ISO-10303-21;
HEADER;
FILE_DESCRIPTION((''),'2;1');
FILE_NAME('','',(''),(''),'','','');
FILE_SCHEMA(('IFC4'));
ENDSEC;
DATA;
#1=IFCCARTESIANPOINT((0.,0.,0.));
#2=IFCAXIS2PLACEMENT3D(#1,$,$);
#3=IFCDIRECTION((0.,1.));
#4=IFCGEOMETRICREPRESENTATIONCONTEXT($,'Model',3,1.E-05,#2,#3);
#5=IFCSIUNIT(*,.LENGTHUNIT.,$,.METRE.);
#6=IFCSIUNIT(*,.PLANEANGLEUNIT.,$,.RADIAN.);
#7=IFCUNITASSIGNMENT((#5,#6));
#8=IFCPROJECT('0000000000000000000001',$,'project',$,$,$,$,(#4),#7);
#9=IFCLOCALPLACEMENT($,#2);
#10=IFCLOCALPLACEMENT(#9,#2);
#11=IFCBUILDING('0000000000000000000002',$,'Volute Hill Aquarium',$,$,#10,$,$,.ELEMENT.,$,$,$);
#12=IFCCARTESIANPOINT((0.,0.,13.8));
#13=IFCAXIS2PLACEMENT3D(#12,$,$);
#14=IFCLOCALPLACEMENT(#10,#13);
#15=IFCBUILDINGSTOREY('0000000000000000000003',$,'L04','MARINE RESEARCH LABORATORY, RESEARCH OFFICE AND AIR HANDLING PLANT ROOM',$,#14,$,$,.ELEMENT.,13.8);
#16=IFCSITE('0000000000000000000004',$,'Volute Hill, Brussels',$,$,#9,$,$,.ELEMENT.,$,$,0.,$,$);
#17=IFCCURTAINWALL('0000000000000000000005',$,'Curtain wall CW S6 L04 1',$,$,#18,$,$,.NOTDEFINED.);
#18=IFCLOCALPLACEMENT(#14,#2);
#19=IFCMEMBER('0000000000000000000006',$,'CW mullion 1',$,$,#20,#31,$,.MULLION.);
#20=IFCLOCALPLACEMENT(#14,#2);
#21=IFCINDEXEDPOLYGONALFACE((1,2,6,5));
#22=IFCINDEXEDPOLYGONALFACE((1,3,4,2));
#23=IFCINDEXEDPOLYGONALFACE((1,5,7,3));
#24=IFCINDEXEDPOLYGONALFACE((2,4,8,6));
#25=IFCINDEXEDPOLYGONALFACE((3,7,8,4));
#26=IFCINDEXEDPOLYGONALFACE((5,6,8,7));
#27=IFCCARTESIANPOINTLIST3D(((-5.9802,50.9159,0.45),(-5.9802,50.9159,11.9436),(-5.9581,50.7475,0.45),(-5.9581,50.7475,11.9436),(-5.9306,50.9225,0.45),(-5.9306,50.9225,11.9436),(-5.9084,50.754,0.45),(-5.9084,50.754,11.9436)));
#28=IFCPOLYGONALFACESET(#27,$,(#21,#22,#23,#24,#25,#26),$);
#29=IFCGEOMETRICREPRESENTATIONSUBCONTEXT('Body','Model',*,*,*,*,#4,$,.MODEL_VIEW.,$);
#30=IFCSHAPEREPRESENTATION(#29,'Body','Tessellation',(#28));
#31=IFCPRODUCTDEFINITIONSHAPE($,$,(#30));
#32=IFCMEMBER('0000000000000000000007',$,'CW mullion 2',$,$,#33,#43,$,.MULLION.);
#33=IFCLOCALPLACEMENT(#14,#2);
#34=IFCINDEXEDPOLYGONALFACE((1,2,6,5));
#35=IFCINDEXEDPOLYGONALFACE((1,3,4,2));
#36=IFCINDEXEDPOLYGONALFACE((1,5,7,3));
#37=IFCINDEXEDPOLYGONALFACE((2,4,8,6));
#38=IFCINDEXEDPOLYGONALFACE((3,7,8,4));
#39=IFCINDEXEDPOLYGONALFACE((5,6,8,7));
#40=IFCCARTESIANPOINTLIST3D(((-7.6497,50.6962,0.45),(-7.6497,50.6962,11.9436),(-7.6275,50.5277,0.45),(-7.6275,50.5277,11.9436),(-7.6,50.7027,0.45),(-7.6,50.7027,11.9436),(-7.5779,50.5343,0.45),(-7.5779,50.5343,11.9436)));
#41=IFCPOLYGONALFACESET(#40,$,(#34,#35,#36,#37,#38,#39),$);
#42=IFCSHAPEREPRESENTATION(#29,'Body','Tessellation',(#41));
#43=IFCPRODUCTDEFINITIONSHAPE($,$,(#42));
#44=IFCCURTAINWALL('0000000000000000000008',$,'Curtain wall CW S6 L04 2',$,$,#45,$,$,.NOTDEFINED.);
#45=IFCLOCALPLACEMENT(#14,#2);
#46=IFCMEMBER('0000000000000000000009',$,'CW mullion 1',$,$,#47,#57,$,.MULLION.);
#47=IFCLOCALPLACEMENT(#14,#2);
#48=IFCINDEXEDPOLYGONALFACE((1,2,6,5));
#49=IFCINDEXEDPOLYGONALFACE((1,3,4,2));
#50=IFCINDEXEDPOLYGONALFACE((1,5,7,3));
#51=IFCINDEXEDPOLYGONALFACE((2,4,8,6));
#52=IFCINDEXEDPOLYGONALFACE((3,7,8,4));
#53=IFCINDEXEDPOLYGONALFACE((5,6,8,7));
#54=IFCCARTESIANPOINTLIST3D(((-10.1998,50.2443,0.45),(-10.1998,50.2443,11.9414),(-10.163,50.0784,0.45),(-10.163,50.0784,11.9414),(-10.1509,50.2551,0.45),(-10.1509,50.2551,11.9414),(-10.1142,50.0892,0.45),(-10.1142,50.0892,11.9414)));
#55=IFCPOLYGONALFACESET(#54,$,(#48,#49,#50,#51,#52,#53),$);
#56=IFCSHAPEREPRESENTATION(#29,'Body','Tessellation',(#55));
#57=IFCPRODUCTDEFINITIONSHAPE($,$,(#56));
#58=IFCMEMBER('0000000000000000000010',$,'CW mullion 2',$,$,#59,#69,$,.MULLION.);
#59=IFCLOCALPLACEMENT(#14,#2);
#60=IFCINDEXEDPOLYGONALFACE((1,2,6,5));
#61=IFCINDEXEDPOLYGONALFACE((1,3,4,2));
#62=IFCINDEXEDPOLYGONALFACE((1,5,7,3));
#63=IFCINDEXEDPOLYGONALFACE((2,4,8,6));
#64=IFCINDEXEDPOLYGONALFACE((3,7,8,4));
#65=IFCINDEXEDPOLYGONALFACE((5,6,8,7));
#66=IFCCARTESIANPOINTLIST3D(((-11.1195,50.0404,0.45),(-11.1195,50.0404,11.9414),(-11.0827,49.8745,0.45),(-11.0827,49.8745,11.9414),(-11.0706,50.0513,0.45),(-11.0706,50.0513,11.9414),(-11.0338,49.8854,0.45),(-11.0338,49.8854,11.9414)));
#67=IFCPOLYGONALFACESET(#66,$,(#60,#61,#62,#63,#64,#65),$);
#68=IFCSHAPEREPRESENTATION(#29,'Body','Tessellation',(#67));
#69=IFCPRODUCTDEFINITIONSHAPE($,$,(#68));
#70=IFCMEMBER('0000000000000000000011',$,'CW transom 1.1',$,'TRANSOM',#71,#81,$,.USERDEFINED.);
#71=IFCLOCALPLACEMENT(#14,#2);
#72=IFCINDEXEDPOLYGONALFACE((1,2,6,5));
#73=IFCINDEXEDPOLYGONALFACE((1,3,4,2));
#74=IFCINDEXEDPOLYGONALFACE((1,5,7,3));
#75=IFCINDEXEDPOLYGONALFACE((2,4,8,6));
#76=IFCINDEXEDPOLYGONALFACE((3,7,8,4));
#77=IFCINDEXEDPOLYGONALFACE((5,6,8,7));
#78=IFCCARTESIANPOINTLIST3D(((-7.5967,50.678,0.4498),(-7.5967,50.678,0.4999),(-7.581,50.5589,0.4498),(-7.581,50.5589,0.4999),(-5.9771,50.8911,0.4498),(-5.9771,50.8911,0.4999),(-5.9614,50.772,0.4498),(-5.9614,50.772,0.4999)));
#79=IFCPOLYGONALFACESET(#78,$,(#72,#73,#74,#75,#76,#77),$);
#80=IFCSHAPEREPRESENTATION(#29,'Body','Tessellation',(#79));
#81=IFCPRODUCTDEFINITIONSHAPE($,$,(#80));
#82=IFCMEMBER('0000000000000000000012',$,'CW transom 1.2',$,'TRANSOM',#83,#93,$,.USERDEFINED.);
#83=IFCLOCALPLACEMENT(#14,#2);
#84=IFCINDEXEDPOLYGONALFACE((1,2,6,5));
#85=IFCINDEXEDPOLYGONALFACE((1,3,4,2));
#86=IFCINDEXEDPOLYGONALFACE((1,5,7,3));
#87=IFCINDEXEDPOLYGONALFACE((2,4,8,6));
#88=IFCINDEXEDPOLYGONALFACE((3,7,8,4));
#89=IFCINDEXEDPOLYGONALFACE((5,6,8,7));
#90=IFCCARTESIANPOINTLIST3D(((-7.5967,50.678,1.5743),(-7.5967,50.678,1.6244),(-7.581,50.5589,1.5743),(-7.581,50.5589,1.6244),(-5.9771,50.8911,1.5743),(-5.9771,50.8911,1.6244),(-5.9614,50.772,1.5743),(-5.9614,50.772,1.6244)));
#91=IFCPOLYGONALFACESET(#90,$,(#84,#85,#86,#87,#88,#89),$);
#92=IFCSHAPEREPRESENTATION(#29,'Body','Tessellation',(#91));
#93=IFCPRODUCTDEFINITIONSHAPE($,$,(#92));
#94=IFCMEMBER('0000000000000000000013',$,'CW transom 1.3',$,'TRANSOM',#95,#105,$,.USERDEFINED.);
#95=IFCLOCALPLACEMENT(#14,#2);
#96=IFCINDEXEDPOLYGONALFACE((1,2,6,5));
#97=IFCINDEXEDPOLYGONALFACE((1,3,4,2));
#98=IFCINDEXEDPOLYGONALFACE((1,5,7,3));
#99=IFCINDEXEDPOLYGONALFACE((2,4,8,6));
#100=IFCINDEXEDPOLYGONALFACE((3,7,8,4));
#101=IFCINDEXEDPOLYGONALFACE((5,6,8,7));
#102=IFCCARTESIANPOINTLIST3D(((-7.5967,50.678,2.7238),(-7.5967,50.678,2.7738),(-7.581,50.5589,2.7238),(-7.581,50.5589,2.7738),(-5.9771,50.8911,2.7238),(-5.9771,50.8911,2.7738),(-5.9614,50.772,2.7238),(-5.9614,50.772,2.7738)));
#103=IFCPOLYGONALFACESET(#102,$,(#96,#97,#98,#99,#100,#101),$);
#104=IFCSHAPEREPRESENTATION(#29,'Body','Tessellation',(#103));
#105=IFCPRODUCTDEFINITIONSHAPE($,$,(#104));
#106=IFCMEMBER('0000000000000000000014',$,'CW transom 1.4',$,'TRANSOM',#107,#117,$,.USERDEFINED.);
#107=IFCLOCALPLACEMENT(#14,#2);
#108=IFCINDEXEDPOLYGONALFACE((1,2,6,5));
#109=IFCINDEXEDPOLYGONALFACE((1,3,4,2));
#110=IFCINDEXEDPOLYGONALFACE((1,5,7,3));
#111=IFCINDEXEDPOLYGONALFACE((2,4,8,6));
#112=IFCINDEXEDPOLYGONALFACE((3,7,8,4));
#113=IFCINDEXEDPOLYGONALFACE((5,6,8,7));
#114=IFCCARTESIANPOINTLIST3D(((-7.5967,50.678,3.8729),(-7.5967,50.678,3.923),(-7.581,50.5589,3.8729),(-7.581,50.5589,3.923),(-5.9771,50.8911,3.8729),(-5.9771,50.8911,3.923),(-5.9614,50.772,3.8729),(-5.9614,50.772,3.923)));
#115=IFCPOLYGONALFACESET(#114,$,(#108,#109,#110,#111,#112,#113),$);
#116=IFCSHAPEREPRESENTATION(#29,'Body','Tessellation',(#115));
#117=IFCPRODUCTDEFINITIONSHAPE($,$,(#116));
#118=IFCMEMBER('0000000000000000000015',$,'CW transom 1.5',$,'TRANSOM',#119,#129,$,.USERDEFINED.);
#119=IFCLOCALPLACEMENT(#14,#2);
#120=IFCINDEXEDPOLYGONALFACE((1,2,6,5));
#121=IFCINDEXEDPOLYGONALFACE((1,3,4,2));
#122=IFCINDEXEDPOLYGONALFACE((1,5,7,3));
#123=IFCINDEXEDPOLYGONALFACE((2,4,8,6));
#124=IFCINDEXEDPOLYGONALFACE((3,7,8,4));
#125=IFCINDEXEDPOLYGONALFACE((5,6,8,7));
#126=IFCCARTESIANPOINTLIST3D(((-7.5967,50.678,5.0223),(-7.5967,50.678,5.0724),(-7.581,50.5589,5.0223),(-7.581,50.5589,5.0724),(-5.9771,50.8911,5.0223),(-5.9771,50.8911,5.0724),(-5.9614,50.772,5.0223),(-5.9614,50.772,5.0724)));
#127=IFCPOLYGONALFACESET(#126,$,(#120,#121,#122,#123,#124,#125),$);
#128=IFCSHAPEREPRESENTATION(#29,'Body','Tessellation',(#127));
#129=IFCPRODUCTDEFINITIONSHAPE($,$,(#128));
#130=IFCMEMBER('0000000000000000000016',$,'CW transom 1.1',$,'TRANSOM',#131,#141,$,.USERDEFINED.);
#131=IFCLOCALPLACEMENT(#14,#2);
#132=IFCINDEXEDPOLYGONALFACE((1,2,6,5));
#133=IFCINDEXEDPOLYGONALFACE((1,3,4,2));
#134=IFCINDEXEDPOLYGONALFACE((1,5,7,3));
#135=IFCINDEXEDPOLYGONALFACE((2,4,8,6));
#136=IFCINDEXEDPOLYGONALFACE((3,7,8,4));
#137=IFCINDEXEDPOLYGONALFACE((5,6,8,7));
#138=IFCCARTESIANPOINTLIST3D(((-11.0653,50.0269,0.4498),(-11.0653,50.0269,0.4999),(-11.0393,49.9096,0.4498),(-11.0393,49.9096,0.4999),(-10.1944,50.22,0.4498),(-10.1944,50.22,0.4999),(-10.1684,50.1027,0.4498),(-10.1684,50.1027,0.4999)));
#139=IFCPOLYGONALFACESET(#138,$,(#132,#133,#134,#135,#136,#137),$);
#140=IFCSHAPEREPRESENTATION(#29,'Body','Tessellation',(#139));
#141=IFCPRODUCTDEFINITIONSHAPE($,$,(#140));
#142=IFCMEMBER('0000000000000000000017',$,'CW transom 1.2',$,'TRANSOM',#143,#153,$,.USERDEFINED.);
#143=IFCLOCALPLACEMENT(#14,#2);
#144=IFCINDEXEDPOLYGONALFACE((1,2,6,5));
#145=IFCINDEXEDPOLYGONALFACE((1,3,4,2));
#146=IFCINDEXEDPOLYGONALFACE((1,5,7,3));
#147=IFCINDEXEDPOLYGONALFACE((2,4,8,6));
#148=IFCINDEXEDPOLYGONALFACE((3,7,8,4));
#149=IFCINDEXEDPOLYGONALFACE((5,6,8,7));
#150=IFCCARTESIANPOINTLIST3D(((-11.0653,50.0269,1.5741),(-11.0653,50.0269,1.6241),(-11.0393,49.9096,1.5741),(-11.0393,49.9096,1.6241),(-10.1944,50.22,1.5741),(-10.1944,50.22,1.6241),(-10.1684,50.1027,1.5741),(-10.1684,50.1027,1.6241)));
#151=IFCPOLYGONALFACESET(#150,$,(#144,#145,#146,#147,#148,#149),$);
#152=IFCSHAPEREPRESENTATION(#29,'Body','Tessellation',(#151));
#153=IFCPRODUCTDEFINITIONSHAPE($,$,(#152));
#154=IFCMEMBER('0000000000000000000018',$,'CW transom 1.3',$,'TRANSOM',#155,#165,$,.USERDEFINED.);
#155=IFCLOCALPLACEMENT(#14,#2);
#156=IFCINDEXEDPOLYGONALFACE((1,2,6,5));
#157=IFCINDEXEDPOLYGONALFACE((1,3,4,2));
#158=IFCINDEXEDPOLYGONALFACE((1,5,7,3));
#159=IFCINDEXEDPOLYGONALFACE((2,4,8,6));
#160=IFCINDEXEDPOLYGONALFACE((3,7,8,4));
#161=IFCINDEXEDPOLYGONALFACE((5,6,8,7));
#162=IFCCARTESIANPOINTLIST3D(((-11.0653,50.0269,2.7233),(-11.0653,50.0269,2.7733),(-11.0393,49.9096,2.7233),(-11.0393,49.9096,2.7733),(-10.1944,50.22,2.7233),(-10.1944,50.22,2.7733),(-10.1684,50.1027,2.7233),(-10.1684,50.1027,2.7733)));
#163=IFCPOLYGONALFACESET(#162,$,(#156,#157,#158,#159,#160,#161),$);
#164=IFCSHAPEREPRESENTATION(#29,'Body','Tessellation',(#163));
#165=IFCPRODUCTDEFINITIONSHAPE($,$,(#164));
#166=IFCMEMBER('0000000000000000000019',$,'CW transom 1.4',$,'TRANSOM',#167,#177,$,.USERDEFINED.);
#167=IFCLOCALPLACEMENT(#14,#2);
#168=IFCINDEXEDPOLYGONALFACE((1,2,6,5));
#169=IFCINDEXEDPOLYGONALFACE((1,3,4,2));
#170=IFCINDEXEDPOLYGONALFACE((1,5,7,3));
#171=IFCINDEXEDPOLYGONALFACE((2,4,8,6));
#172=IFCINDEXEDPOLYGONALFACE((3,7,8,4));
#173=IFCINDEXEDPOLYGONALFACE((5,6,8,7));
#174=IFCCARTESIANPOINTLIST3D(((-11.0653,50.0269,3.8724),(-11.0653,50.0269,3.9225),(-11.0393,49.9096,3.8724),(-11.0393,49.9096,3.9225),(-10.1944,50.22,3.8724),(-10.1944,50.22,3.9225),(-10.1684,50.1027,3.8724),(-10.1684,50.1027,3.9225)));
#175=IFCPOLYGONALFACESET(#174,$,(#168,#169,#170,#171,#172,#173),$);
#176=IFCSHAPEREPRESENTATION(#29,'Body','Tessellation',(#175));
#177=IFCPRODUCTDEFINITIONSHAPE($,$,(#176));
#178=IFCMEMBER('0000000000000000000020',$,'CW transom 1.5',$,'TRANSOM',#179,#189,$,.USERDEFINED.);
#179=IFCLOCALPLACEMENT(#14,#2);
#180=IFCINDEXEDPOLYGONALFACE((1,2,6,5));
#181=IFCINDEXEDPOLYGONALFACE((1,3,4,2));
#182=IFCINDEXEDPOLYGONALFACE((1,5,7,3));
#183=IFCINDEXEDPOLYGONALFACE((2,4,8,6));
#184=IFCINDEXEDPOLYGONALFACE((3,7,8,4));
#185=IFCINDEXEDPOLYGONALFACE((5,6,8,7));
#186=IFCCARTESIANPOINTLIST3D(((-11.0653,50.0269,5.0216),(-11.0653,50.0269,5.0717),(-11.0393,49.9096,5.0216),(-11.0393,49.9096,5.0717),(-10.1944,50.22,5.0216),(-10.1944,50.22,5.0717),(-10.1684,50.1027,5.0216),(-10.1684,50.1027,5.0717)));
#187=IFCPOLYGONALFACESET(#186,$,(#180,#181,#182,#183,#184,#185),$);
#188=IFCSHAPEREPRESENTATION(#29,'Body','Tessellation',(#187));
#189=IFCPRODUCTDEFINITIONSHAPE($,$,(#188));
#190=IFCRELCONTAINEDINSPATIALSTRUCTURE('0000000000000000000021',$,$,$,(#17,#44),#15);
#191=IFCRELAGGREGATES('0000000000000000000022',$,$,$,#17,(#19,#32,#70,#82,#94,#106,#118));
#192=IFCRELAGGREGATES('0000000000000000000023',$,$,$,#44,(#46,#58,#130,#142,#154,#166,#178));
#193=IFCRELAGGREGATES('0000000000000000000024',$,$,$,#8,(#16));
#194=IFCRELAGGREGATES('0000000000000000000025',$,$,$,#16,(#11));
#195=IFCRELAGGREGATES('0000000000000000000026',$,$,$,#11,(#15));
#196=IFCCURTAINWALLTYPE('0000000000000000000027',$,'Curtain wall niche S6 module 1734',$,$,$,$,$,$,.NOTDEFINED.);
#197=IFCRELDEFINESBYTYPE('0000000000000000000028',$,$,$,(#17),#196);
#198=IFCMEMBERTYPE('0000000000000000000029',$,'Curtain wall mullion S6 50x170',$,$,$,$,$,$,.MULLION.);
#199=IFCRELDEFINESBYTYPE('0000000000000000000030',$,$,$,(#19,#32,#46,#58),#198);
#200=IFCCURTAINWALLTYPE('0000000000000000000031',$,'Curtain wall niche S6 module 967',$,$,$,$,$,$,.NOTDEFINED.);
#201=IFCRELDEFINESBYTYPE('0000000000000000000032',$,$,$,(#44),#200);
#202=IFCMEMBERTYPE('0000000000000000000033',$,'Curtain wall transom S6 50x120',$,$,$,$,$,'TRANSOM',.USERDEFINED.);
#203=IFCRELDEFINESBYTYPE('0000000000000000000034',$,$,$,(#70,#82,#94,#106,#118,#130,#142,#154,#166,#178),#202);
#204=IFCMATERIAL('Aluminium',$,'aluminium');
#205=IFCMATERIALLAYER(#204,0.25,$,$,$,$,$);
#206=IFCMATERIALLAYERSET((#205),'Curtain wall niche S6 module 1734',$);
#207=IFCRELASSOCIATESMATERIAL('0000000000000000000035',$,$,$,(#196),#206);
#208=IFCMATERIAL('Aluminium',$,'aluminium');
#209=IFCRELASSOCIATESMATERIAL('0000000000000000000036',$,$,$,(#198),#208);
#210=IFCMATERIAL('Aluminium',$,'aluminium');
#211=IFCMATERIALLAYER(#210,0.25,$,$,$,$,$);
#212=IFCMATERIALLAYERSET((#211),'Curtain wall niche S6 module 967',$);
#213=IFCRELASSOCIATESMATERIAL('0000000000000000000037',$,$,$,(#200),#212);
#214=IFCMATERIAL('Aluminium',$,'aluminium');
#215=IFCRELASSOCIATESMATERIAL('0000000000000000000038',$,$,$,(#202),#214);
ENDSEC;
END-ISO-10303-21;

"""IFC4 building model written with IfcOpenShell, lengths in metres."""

from ifc_helpers import new_model, si_unit, direction, frame, origin, origin_2d, place, context, subcontext, project, spatial, rectangle, extrude, material, layer, layer_set, material_profile, profile_set, type_object, element, aggregate, save


model = new_model("IFC4")

# Units and contexts
model_context = context("Model", 3, precision=1e-05, world=origin(), true_north=direction((0.0, 1.0)))
body_context = subcontext(model_context, "Body", "Model", "MODEL_VIEW")
ifc_project = project(units=[si_unit("LENGTHUNIT", "METRE"), si_unit("PLANEANGLEUNIT", "RADIAN")], contexts=[model_context])

# Site, building, storey
site_placement = place(None, origin())
site = spatial("IfcSite", under=ifc_project, at=site_placement, Name="Volute Hill, Brussels", CompositionType="ELEMENT", RefElevation=0.0)
building_placement = place(site_placement, origin())
building = spatial("IfcBuilding", under=site, at=building_placement, Name="Volute Hill Aquarium", CompositionType="ELEMENT")
storey_placement = place(building_placement, frame((0.0, 0.0, 13.8)))
storey = spatial("IfcBuildingStorey", under=building, at=storey_placement, Name="L04", Description="MARINE RESEARCH LABORATORY, RESEARCH OFFICE AND AIR HANDLING PLANT ROOM", CompositionType="ELEMENT", Elevation=13.8)

# Curtain walls, members
ifc_material_1 = material(Name="Aluminium", Category="aluminium")
ifc_layer_1 = layer(ifc_material_1, 0.25)
ifc_layer_set_1 = layer_set([ifc_layer_1], Name="Curtain wall niche S6 module 1734")
curtain_wall_type_1 = type_object("IfcCurtainWallType", Name="Curtain wall niche S6 module 1734", PredefinedType="NOTDEFINED", material=ifc_layer_set_1)
curtain_wall_1_placement = place(storey_placement, origin())
curtain_wall_1 = element("IfcCurtainWall", 1, at=curtain_wall_1_placement, inside=storey, type_object=curtain_wall_type_1, Name="Curtain wall CW S6 L04 1", PredefinedType="NOTDEFINED")
ifc_material_2 = material(Name="Aluminium", Category="aluminium")
ifc_material_profile_1 = material_profile(ifc_material_2, rectangle(XDim=0.1699, YDim=0.05, at=origin_2d()), Name="Curtain wall mullion S6 50x170")
ifc_profile_set_1 = profile_set([ifc_material_profile_1], Name="Aluminium")
member_type_1 = type_object("IfcMemberType", Name="Curtain wall mullion S6 50x170", PredefinedType="MULLION", material=ifc_profile_set_1)
member_1_placement = place(storey_placement, frame((-5.9443, 50.835, 0.45), z_axis=(0.0, 0.0, 1.0), x_axis=(0.130524, -0.991445, 0.0)))
member_1 = element("IfcMember", 2, at=member_1_placement, type_object=member_type_1, Name="CW mullion 1", PredefinedType="MULLION", context=body_context, shape_type="SweptSolid", body=[
    extrude(rectangle(XDim=0.1699, YDim=0.05, at=origin_2d()), origin(), (0.0, 0.0, 1.0), 11.4937),
])
member_2_placement = place(storey_placement, frame((-7.6138, 50.6152, 0.45), z_axis=(0.0, 0.0, 1.0), x_axis=(0.130524, -0.991445, 0.0)))
member_2 = element("IfcMember", 3, at=member_2_placement, type_object=member_type_1, Name="CW mullion 2", PredefinedType="MULLION", context=body_context, shape_type="SweptSolid", body=[
    extrude(rectangle(XDim=0.1699, YDim=0.05, at=origin_2d()), origin(), (0.0, 0.0, 1.0), 11.4937),
])
ifc_material_3 = material(Name="Aluminium", Category="aluminium")
ifc_layer_2 = layer(ifc_material_3, 0.25)
ifc_layer_set_2 = layer_set([ifc_layer_2], Name="Curtain wall niche S6 module 967")
curtain_wall_type_2 = type_object("IfcCurtainWallType", Name="Curtain wall niche S6 module 967", PredefinedType="NOTDEFINED", material=ifc_layer_set_2)
curtain_wall_2_placement = place(storey_placement, origin())
curtain_wall_2 = element("IfcCurtainWall", 4, at=curtain_wall_2_placement, inside=storey, type_object=curtain_wall_type_2, Name="Curtain wall CW S6 L04 2", PredefinedType="NOTDEFINED")
member_3_placement = place(storey_placement, frame((-10.157, 50.1667, 0.45), z_axis=(0.0, 0.0, 1.0), x_axis=(0.216429, -0.976298, 0.0)))
member_3 = element("IfcMember", 5, at=member_3_placement, type_object=member_type_1, Name="CW mullion 1", PredefinedType="MULLION", context=body_context, shape_type="SweptSolid", body=[
    extrude(rectangle(XDim=0.1699, YDim=0.05, at=origin_2d()), origin(), (0.0, 0.0, 1.0), 11.4915),
])
member_4_placement = place(storey_placement, frame((-11.0767, 49.9629, 0.45), z_axis=(0.0, 0.0, 1.0), x_axis=(0.216429, -0.976298, 0.0)))
member_4 = element("IfcMember", 6, at=member_4_placement, type_object=member_type_1, Name="CW mullion 2", PredefinedType="MULLION", context=body_context, shape_type="SweptSolid", body=[
    extrude(rectangle(XDim=0.1699, YDim=0.05, at=origin_2d()), origin(), (0.0, 0.0, 1.0), 11.4915),
])

# Members
ifc_material_4 = material(Name="Aluminium", Category="aluminium")
ifc_material_profile_2 = material_profile(ifc_material_4, rectangle(XDim=0.1201, YDim=0.05, at=origin_2d()), Name="Curtain wall transom S6 50x120")
ifc_profile_set_2 = profile_set([ifc_material_profile_2], Name="Aluminium")
member_type_2 = type_object("IfcMemberType", Name="Curtain wall transom S6 50x120", ElementType="TRANSOM", PredefinedType="USERDEFINED", material=ifc_profile_set_2)
member_5_placement = place(storey_placement, frame((-5.9692, 50.8315, 0.4749), z_axis=(-0.991452, -0.13047, 0.0), x_axis=(0.13047, -0.991452, 0.0)))
member_5 = element("IfcMember", 7, at=member_5_placement, type_object=member_type_2, Name="CW transom 1.1", ObjectType="TRANSOM", PredefinedType="USERDEFINED", context=body_context, shape_type="SweptSolid", body=[
    extrude(rectangle(XDim=0.1201, YDim=0.05, at=origin_2d()), origin(), (0.0, 0.0, 1.0), 1.6335),
])
member_6_placement = place(storey_placement, frame((-5.9692, 50.8315, 1.5994), z_axis=(-0.991452, -0.13047, 0.0), x_axis=(0.13047, -0.991452, 0.0)))
member_6 = element("IfcMember", 8, at=member_6_placement, type_object=member_type_2, Name="CW transom 1.2", ObjectType="TRANSOM", PredefinedType="USERDEFINED", context=body_context, shape_type="SweptSolid", body=[
    extrude(rectangle(XDim=0.1201, YDim=0.05, at=origin_2d()), origin(), (0.0, 0.0, 1.0), 1.6335),
])
member_7_placement = place(storey_placement, frame((-5.9692, 50.8315, 2.7488), z_axis=(-0.991452, -0.13047, 0.0), x_axis=(0.13047, -0.991452, 0.0)))
member_7 = element("IfcMember", 9, at=member_7_placement, type_object=member_type_2, Name="CW transom 1.3", ObjectType="TRANSOM", PredefinedType="USERDEFINED", context=body_context, shape_type="SweptSolid", body=[
    extrude(rectangle(XDim=0.1201, YDim=0.05, at=origin_2d()), origin(), (0.0, 0.0, 1.0), 1.6335),
])
member_8_placement = place(storey_placement, frame((-5.9692, 50.8315, 3.8979), z_axis=(-0.991452, -0.13047, 0.0), x_axis=(0.13047, -0.991452, 0.0)))
member_8 = element("IfcMember", 10, at=member_8_placement, type_object=member_type_2, Name="CW transom 1.4", ObjectType="TRANSOM", PredefinedType="USERDEFINED", context=body_context, shape_type="SweptSolid", body=[
    extrude(rectangle(XDim=0.1201, YDim=0.05, at=origin_2d()), origin(), (0.0, 0.0, 1.0), 1.6335),
])
member_9_placement = place(storey_placement, frame((-5.9692, 50.8315, 5.0474), z_axis=(-0.991452, -0.13047, 0.0), x_axis=(0.13047, -0.991452, 0.0)))
member_9 = element("IfcMember", 11, at=member_9_placement, type_object=member_type_2, Name="CW transom 1.5", ObjectType="TRANSOM", PredefinedType="USERDEFINED", context=body_context, shape_type="SweptSolid", body=[
    extrude(rectangle(XDim=0.1201, YDim=0.05, at=origin_2d()), origin(), (0.0, 0.0, 1.0), 1.6335),
])
member_10_placement = place(storey_placement, frame((-10.1814, 50.1614, 0.4749), z_axis=(-0.976284, -0.216496, 0.0), x_axis=(0.216496, -0.976284, 0.0)))
member_10 = element("IfcMember", 12, at=member_10_placement, type_object=member_type_2, Name="CW transom 1.1", ObjectType="TRANSOM", PredefinedType="USERDEFINED", context=body_context, shape_type="SweptSolid", body=[
    extrude(rectangle(XDim=0.1201, YDim=0.05, at=origin_2d()), origin(), (0.0, 0.0, 1.0), 0.8921),
])
member_11_placement = place(storey_placement, frame((-10.1814, 50.1614, 1.5991), z_axis=(-0.976284, -0.216496, 0.0), x_axis=(0.216496, -0.976284, 0.0)))
member_11 = element("IfcMember", 13, at=member_11_placement, type_object=member_type_2, Name="CW transom 1.2", ObjectType="TRANSOM", PredefinedType="USERDEFINED", context=body_context, shape_type="SweptSolid", body=[
    extrude(rectangle(XDim=0.1201, YDim=0.05, at=origin_2d()), origin(), (0.0, 0.0, 1.0), 0.8921),
])
member_12_placement = place(storey_placement, frame((-10.1814, 50.1614, 2.7483), z_axis=(-0.976284, -0.216496, 0.0), x_axis=(0.216496, -0.976284, 0.0)))
member_12 = element("IfcMember", 14, at=member_12_placement, type_object=member_type_2, Name="CW transom 1.3", ObjectType="TRANSOM", PredefinedType="USERDEFINED", context=body_context, shape_type="SweptSolid", body=[
    extrude(rectangle(XDim=0.1201, YDim=0.05, at=origin_2d()), origin(), (0.0, 0.0, 1.0), 0.8921),
])
member_13_placement = place(storey_placement, frame((-10.1814, 50.1614, 3.8975), z_axis=(-0.976284, -0.216496, 0.0), x_axis=(0.216496, -0.976284, 0.0)))
member_13 = element("IfcMember", 15, at=member_13_placement, type_object=member_type_2, Name="CW transom 1.4", ObjectType="TRANSOM", PredefinedType="USERDEFINED", context=body_context, shape_type="SweptSolid", body=[
    extrude(rectangle(XDim=0.1201, YDim=0.05, at=origin_2d()), origin(), (0.0, 0.0, 1.0), 0.8921),
])
member_14_placement = place(storey_placement, frame((-10.1814, 50.1614, 5.0466), z_axis=(-0.976284, -0.216496, 0.0), x_axis=(0.216496, -0.976284, 0.0)))
member_14 = element("IfcMember", 16, at=member_14_placement, type_object=member_type_2, Name="CW transom 1.5", ObjectType="TRANSOM", PredefinedType="USERDEFINED", context=body_context, shape_type="SweptSolid", body=[
    extrude(rectangle(XDim=0.1201, YDim=0.05, at=origin_2d()), origin(), (0.0, 0.0, 1.0), 0.8921),
])

aggregate(curtain_wall_1, [member_1, member_2, member_5, member_6, member_7, member_8, member_9])
aggregate(curtain_wall_2, [member_3, member_4, member_10, member_11, member_12, member_13, member_14])

save(model, "model.ifc")
